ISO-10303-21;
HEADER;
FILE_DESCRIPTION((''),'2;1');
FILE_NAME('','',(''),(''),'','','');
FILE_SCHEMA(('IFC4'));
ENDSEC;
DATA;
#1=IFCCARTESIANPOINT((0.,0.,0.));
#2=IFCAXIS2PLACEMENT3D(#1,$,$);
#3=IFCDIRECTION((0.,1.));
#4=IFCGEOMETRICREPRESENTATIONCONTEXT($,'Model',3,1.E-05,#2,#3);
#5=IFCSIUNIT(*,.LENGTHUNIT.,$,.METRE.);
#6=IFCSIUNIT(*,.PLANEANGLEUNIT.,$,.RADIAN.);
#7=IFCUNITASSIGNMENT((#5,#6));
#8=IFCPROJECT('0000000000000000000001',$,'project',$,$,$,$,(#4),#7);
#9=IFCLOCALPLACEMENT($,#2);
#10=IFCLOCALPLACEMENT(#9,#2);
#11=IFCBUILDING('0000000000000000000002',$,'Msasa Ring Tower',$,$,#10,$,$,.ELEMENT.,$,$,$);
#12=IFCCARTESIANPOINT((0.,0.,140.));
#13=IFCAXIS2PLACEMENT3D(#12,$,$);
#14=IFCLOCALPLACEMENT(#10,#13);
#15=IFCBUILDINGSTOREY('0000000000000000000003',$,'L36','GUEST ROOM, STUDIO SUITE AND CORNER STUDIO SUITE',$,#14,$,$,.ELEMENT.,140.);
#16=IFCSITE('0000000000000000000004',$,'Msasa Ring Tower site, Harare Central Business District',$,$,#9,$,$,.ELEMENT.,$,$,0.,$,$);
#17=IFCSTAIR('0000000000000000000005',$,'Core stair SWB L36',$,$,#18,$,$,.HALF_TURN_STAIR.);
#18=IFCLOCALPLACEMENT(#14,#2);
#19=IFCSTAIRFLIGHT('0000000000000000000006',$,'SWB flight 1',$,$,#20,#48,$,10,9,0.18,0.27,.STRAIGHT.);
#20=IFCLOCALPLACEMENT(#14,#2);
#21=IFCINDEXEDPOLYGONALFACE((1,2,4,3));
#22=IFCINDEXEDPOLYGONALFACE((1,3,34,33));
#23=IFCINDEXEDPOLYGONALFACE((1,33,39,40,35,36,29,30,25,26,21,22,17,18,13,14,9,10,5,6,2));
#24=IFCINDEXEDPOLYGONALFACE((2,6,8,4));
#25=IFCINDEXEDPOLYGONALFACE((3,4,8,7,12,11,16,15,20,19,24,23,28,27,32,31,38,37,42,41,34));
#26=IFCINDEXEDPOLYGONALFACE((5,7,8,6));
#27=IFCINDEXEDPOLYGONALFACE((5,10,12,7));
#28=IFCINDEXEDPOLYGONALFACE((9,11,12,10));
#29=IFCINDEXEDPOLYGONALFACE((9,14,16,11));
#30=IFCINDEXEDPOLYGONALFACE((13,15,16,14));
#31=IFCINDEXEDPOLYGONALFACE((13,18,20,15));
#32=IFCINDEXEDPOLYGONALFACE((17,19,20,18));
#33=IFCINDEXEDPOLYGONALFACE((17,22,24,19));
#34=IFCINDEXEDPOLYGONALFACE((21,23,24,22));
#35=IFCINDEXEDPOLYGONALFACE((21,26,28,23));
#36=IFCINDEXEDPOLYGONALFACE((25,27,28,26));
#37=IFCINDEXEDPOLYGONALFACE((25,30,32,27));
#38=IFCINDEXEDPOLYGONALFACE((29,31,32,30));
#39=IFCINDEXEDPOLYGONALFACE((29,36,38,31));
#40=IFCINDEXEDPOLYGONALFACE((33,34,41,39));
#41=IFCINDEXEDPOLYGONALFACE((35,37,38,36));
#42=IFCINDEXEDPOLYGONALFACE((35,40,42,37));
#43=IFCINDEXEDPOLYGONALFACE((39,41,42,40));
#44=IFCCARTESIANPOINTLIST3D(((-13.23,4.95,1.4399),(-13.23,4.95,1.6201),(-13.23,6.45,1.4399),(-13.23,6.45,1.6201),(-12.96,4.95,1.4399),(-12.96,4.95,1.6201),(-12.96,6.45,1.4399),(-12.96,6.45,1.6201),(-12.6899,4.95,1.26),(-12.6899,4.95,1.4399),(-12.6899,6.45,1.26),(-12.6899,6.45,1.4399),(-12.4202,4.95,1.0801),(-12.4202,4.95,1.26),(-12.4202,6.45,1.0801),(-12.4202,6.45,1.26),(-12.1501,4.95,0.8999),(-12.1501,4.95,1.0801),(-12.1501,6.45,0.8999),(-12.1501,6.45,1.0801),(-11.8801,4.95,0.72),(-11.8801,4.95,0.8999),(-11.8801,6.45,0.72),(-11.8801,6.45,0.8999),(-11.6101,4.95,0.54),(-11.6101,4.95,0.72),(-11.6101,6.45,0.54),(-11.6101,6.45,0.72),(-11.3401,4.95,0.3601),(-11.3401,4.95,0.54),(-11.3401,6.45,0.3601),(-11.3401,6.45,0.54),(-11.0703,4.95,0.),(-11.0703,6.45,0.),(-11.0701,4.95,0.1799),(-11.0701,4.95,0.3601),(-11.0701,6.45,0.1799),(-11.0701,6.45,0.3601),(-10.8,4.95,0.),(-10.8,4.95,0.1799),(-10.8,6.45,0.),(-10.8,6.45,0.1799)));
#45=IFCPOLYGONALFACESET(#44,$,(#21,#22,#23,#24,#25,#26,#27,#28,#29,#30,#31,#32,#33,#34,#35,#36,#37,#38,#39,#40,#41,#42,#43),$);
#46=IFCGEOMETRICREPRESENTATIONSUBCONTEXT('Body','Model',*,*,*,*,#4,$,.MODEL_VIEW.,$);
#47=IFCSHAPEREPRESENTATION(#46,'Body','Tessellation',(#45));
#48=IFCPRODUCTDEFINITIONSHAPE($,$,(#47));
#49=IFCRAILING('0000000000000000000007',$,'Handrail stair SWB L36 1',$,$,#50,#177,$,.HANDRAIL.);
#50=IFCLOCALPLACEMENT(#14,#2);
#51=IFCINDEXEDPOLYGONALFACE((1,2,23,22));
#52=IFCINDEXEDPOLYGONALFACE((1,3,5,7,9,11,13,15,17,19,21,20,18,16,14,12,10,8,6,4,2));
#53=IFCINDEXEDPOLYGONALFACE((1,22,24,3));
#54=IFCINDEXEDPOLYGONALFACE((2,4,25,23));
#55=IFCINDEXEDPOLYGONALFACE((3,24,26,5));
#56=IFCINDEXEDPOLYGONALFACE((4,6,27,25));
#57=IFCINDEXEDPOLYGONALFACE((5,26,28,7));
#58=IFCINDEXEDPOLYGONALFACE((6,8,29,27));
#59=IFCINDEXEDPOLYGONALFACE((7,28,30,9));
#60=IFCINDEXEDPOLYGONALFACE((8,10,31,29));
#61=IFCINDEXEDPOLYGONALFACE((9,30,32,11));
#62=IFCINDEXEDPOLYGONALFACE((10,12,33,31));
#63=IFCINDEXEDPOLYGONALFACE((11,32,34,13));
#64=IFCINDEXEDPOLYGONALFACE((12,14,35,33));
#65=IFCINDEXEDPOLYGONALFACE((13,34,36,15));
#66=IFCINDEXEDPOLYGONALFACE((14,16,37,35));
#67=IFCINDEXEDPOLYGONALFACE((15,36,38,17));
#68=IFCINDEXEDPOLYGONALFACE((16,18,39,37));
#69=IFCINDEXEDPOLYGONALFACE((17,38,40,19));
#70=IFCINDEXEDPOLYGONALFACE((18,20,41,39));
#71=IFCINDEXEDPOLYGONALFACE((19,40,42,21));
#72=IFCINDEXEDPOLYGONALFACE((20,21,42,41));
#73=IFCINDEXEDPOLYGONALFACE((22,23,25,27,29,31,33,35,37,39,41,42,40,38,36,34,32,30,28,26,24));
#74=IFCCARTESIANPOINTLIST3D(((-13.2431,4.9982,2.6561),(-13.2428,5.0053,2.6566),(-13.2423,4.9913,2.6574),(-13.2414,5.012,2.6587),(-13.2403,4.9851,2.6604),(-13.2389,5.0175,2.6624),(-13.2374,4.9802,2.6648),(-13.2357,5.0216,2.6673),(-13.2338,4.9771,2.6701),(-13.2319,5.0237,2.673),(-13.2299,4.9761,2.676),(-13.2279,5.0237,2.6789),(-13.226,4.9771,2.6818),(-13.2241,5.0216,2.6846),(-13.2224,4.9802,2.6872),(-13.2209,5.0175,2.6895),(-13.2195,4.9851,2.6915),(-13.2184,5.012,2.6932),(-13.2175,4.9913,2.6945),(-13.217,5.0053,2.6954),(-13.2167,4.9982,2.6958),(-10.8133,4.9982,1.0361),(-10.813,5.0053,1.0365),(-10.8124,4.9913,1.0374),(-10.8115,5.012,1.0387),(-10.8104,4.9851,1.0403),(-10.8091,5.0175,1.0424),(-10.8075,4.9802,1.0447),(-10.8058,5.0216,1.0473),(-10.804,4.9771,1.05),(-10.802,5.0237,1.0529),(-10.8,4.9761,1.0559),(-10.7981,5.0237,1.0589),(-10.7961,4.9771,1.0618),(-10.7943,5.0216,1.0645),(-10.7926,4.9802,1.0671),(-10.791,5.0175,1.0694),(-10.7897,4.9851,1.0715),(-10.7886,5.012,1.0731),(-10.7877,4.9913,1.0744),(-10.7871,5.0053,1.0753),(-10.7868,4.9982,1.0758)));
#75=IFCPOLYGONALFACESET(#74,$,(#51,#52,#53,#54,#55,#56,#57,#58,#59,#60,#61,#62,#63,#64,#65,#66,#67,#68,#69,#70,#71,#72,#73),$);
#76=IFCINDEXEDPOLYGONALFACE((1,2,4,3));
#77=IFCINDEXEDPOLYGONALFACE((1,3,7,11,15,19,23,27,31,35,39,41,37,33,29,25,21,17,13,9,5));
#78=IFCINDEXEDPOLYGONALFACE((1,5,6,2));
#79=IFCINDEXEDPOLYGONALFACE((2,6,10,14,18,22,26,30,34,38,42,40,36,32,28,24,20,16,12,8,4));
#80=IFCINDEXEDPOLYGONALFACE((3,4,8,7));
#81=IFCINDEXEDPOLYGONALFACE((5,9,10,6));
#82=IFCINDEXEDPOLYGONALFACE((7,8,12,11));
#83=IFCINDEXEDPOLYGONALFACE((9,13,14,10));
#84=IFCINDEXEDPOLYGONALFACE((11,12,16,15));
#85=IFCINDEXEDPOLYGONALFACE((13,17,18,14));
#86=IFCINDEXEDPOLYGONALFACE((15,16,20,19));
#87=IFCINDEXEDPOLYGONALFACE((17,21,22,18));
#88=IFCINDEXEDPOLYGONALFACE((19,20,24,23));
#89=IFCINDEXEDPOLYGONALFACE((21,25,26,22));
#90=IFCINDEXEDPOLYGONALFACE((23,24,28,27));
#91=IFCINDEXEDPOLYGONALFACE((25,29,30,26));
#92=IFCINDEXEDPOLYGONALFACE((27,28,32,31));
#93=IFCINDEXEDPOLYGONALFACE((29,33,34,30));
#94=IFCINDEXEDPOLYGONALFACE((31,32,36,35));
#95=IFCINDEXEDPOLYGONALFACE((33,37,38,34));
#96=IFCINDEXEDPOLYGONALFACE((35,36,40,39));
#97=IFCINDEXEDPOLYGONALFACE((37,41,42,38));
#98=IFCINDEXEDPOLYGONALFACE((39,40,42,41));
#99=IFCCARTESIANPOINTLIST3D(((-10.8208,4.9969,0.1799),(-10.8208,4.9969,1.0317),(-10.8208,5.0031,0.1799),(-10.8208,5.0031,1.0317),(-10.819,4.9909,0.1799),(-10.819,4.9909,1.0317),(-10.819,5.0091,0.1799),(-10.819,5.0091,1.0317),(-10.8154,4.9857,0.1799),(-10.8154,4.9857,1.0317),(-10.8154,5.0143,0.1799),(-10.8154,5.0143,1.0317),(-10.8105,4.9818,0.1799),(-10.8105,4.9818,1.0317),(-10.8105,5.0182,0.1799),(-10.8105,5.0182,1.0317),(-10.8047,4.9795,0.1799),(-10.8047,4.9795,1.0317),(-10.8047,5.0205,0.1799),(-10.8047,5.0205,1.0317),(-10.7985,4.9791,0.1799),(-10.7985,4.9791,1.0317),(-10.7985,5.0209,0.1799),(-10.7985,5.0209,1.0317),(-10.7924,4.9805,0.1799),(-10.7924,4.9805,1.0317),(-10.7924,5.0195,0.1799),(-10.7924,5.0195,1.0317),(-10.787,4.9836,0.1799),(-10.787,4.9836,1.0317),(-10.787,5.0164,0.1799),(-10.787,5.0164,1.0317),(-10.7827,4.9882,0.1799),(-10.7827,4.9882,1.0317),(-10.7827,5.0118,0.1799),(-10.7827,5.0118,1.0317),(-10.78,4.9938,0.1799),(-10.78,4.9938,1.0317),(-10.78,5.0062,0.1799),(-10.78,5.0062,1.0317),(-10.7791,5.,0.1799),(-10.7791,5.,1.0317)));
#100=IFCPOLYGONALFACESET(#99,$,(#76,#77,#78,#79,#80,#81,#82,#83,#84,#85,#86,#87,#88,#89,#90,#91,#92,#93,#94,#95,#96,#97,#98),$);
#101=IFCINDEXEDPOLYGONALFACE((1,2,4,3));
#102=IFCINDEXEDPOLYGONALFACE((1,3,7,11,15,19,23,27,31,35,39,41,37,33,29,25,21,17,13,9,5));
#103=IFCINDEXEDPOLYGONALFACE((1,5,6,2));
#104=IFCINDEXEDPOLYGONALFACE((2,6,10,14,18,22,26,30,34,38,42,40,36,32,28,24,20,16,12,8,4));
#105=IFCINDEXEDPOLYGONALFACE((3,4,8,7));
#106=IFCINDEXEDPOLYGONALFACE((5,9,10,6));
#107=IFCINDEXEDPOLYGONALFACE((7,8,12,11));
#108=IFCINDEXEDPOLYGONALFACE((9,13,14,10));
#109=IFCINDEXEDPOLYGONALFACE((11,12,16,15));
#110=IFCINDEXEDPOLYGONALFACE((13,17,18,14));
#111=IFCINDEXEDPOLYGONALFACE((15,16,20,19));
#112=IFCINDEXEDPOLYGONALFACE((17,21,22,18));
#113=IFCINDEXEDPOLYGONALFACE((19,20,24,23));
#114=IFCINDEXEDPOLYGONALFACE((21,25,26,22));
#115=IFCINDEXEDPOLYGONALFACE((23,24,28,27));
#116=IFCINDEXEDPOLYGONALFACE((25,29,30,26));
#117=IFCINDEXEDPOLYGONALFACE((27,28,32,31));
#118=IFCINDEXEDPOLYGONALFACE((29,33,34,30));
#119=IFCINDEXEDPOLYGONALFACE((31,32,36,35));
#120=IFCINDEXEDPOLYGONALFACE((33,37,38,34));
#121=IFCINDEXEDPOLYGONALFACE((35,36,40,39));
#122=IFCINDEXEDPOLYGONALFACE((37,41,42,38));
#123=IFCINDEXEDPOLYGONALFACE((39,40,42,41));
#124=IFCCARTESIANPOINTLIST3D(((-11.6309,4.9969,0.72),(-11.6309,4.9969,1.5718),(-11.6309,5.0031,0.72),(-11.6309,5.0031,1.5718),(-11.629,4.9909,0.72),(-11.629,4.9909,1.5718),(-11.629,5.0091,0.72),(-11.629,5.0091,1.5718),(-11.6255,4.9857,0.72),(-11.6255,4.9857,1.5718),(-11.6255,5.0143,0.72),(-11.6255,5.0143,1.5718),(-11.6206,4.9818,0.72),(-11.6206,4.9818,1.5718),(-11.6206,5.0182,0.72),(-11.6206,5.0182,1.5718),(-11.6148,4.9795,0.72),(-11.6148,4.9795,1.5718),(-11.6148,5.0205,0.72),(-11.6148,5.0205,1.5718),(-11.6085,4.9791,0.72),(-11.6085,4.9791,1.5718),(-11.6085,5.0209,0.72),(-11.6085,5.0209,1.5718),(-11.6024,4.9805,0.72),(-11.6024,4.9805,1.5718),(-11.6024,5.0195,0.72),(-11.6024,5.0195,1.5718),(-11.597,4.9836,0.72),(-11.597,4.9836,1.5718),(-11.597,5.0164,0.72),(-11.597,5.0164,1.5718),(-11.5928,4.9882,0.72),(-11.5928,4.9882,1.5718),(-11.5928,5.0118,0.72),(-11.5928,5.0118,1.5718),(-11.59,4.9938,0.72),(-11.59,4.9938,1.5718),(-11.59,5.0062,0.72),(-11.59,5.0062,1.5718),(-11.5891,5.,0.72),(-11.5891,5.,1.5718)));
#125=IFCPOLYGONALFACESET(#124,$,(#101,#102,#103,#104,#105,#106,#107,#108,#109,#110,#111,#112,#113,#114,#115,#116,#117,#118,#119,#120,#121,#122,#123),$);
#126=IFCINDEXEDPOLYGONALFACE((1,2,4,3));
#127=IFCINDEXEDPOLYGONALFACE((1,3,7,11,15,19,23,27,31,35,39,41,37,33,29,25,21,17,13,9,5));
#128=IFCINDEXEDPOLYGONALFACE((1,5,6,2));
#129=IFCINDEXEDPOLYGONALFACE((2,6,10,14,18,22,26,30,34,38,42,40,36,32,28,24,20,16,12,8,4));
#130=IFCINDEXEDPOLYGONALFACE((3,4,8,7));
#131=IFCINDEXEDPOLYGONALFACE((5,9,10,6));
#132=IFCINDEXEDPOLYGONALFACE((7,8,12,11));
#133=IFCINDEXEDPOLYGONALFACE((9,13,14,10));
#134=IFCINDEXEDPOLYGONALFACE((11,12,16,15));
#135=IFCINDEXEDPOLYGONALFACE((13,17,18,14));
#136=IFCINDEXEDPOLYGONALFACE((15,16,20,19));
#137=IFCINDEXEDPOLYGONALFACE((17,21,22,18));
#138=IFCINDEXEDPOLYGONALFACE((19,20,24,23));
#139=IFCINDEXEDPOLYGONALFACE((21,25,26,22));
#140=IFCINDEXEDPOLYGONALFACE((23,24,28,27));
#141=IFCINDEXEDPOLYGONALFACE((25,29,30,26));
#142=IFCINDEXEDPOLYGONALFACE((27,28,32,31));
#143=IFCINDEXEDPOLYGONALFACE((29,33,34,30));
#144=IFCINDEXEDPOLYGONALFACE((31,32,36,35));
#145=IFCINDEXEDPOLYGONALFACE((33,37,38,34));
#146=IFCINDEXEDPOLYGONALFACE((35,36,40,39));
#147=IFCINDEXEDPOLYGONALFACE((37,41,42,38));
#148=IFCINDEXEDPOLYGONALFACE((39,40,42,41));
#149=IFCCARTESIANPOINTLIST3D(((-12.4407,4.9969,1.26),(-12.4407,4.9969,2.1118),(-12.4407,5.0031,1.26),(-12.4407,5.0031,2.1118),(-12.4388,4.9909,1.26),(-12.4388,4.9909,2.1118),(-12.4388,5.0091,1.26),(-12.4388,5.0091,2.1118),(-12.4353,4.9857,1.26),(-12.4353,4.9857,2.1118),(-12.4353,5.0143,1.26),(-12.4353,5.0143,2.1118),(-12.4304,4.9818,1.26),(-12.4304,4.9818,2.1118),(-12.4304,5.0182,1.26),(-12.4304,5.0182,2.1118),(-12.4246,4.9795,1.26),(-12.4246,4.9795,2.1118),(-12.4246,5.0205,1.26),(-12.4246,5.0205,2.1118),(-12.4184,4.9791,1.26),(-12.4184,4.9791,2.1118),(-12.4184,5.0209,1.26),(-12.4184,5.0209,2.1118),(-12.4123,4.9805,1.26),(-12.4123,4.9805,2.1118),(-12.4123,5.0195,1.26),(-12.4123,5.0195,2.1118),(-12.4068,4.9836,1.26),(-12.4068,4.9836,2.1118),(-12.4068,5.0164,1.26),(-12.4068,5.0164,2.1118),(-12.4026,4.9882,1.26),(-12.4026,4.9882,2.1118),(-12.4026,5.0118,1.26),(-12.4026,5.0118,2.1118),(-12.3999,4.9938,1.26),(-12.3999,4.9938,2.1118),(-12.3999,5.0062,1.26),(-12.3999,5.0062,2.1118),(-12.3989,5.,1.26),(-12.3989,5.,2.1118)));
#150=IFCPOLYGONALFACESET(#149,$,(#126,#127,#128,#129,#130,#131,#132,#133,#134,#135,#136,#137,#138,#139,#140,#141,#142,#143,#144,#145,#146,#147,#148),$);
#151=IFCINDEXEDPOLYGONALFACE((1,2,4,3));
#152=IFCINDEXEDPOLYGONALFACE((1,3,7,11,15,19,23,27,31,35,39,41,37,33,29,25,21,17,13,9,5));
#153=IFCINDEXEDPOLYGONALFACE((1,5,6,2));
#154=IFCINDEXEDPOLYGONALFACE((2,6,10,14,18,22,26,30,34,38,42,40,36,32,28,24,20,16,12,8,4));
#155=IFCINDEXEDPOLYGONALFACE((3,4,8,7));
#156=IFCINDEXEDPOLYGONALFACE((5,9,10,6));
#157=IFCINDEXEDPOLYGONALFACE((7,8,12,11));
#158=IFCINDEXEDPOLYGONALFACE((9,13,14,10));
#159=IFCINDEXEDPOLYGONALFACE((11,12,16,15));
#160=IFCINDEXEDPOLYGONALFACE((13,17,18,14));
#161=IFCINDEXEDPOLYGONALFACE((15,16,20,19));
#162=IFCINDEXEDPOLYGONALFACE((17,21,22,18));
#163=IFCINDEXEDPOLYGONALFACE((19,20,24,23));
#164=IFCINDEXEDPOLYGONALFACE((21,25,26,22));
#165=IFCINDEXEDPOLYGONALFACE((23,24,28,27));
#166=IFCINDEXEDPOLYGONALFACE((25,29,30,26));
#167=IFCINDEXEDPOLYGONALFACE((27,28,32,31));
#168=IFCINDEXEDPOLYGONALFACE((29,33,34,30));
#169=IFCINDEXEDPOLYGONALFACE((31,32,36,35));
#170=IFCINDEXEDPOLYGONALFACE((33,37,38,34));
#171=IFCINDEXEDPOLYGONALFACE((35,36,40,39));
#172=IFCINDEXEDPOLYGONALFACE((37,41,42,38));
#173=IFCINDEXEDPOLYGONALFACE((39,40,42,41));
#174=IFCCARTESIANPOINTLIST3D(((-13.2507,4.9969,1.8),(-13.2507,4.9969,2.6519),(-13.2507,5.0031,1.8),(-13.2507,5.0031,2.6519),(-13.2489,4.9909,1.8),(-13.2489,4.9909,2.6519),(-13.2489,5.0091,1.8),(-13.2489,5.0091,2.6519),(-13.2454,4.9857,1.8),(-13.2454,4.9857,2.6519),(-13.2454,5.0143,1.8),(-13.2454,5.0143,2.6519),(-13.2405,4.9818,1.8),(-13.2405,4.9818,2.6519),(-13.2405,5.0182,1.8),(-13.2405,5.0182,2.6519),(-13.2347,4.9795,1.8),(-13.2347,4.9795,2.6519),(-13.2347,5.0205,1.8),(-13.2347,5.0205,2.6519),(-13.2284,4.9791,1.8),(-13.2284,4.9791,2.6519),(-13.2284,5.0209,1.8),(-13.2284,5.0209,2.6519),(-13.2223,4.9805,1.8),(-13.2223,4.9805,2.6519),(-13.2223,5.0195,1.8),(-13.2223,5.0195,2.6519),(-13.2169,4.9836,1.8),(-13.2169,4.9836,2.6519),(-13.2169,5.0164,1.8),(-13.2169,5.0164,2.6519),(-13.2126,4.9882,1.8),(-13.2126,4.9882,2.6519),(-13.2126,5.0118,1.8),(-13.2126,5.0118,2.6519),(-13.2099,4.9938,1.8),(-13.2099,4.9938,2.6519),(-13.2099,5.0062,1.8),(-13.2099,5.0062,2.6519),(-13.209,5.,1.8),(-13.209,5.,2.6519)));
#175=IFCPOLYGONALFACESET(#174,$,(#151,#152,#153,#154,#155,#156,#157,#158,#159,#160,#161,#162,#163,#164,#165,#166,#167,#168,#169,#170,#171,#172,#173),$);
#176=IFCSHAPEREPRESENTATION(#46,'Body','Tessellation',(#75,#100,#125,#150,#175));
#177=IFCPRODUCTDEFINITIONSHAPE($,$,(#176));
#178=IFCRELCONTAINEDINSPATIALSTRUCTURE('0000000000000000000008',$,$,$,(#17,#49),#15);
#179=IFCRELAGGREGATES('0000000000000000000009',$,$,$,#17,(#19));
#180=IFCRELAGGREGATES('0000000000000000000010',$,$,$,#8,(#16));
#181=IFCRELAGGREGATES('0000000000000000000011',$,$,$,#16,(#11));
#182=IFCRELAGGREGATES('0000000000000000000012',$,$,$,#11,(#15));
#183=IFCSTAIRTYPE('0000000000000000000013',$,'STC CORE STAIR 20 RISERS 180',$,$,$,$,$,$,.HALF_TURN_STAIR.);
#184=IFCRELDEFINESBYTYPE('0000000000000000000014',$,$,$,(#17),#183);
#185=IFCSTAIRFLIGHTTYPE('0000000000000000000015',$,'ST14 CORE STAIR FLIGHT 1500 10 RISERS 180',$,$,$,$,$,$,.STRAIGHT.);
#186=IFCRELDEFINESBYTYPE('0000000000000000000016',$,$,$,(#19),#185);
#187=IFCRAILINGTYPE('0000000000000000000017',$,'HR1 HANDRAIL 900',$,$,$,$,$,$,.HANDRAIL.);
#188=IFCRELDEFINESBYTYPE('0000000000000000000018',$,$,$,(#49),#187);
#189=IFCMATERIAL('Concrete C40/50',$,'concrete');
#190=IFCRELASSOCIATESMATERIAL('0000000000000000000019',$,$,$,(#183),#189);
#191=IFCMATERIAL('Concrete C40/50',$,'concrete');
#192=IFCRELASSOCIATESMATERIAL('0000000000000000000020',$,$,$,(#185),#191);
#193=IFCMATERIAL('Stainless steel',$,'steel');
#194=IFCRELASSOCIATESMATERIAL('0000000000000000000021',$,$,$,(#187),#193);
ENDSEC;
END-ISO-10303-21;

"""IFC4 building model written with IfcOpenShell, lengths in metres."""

from ifc_helpers import new_model, si_unit, direction, frame, origin, origin_2d, place, context, subcontext, project, spatial, polyline, circle, outline, extrude, material, type_object, element, aggregate, save


model = new_model("IFC4")

# Units and contexts
model_context = context("Model", 3, precision=1e-05, world=origin(), true_north=direction((0.0, 1.0)))
body_context = subcontext(model_context, "Body", "Model", "MODEL_VIEW")
ifc_project = project(units=[si_unit("LENGTHUNIT", "METRE"), si_unit("PLANEANGLEUNIT", "RADIAN")], contexts=[model_context])

# Site, building, storey
site_placement = place(None, origin())
site = spatial("IfcSite", under=ifc_project, at=site_placement, Name="Msasa Ring Tower site, Harare Central Business District", CompositionType="ELEMENT", RefElevation=0.0)
building_placement = place(site_placement, origin())
building = spatial("IfcBuilding", under=site, at=building_placement, Name="Msasa Ring Tower", CompositionType="ELEMENT")
storey_placement = place(building_placement, frame((0.0, 0.0, 140.0)))
storey = spatial("IfcBuildingStorey", under=building, at=storey_placement, Name="L36", Description="GUEST ROOM, STUDIO SUITE AND CORNER STUDIO SUITE", CompositionType="ELEMENT", Elevation=140.0)

# Stair, stair flight
ifc_material_1 = material(Name="Concrete C40/50", Category="concrete")
stair_type = type_object("IfcStairType", Name="STC CORE STAIR 20 RISERS 180", PredefinedType="HALF_TURN_STAIR", material=ifc_material_1)
stair_placement = place(storey_placement, origin())
stair = element("IfcStair", 1, at=stair_placement, inside=storey, type_object=stair_type, Name="Core stair SWB L36", PredefinedType="HALF_TURN_STAIR")
ifc_material_2 = material(Name="Concrete C40/50", Category="concrete")
stair_flight_type = type_object("IfcStairFlightType", Name="ST14 CORE STAIR FLIGHT 1500 10 RISERS 180", PredefinedType="STRAIGHT", material=ifc_material_2)
stair_flight_placement = place(storey_placement, frame((-10.8, 5.7, 0.0), z_axis=(0.0, 0.0, 1.0), x_axis=(-1.0, 0.0, 0.0)))
stair_flight = element("IfcStairFlight", 2, at=stair_flight_placement, type_object=stair_flight_type, Name="SWB flight 1", NumberOfRisers=10, NumberOfTreads=9, PredefinedType="STRAIGHT", RiserHeight=0.18, TreadLength=0.27, context=body_context, shape_type="SweptSolid", body=[
    extrude(outline(polyline([(0.0, 0.0), (0.0, 0.1799), (0.27, 0.1799), (0.27, 0.3601), (0.54, 0.3601), (0.54, 0.54), (0.8101, 0.54), (0.8101, 0.72), (1.0801, 0.72), (1.0801, 0.8999), (1.3501, 0.8999), (1.3501, 1.0801), (1.6201, 1.0801), (1.6201, 1.26), (1.8899, 1.26), (1.8899, 1.4399), (2.1599, 1.4399), (2.1599, 1.6201), (2.4299, 1.6201), (2.4299, 1.8), (2.4299, 1.4399), (0.2703, 0.0), (0.0, 0.0)])), frame((0.0, 0.75, 0.0), z_axis=(0.0, -1.0, 0.0), x_axis=(1.0, 0.0, 0.0)), (0.0, 0.0, 1.0), 1.5),
])
aggregate(stair, [stair_flight])

# Railing
ifc_material_3 = material(Name="Stainless steel", Category="steel")
railing_type = type_object("IfcRailingType", Name="HR1 HANDRAIL 900", PredefinedType="HANDRAIL", material=ifc_material_3)
for number, where, name in (
    (3, (-10.8, 5.0, 0.1799), "Handrail stair SWB L36 1"),
):
    element("IfcRailing", number, at=place(storey_placement, frame(where)), inside=storey, type_object=railing_type, Name=name, PredefinedType="HANDRAIL", context=body_context, shape_type="SweptSolid", body=[
        extrude(circle(Radius=0.0239, at=origin_2d()), frame((0.0, 0.0, 0.876), z_axis=(-0.832025, 0.0, 0.554739), x_axis=(0.0, -1.0, 0.0)), (0.0, 0.0, 1.0), 2.9204),
        extrude(circle(Radius=0.021, at=origin_2d()), origin(), (0.0, 0.0, 1.0), 0.8518),
        extrude(circle(Radius=0.021, at=origin_2d()), frame((-0.8101, 0.0, 0.54)), (0.0, 0.0, 1.0), 0.8518),
        extrude(circle(Radius=0.021, at=origin_2d()), frame((-1.6199, 0.0, 1.0801)), (0.0, 0.0, 1.0), 0.8518),
        extrude(circle(Radius=0.021, at=origin_2d()), frame((-2.4299, 0.0, 1.6201)), (0.0, 0.0, 1.0), 0.8518),
    ])

save(model, "model.ifc")
